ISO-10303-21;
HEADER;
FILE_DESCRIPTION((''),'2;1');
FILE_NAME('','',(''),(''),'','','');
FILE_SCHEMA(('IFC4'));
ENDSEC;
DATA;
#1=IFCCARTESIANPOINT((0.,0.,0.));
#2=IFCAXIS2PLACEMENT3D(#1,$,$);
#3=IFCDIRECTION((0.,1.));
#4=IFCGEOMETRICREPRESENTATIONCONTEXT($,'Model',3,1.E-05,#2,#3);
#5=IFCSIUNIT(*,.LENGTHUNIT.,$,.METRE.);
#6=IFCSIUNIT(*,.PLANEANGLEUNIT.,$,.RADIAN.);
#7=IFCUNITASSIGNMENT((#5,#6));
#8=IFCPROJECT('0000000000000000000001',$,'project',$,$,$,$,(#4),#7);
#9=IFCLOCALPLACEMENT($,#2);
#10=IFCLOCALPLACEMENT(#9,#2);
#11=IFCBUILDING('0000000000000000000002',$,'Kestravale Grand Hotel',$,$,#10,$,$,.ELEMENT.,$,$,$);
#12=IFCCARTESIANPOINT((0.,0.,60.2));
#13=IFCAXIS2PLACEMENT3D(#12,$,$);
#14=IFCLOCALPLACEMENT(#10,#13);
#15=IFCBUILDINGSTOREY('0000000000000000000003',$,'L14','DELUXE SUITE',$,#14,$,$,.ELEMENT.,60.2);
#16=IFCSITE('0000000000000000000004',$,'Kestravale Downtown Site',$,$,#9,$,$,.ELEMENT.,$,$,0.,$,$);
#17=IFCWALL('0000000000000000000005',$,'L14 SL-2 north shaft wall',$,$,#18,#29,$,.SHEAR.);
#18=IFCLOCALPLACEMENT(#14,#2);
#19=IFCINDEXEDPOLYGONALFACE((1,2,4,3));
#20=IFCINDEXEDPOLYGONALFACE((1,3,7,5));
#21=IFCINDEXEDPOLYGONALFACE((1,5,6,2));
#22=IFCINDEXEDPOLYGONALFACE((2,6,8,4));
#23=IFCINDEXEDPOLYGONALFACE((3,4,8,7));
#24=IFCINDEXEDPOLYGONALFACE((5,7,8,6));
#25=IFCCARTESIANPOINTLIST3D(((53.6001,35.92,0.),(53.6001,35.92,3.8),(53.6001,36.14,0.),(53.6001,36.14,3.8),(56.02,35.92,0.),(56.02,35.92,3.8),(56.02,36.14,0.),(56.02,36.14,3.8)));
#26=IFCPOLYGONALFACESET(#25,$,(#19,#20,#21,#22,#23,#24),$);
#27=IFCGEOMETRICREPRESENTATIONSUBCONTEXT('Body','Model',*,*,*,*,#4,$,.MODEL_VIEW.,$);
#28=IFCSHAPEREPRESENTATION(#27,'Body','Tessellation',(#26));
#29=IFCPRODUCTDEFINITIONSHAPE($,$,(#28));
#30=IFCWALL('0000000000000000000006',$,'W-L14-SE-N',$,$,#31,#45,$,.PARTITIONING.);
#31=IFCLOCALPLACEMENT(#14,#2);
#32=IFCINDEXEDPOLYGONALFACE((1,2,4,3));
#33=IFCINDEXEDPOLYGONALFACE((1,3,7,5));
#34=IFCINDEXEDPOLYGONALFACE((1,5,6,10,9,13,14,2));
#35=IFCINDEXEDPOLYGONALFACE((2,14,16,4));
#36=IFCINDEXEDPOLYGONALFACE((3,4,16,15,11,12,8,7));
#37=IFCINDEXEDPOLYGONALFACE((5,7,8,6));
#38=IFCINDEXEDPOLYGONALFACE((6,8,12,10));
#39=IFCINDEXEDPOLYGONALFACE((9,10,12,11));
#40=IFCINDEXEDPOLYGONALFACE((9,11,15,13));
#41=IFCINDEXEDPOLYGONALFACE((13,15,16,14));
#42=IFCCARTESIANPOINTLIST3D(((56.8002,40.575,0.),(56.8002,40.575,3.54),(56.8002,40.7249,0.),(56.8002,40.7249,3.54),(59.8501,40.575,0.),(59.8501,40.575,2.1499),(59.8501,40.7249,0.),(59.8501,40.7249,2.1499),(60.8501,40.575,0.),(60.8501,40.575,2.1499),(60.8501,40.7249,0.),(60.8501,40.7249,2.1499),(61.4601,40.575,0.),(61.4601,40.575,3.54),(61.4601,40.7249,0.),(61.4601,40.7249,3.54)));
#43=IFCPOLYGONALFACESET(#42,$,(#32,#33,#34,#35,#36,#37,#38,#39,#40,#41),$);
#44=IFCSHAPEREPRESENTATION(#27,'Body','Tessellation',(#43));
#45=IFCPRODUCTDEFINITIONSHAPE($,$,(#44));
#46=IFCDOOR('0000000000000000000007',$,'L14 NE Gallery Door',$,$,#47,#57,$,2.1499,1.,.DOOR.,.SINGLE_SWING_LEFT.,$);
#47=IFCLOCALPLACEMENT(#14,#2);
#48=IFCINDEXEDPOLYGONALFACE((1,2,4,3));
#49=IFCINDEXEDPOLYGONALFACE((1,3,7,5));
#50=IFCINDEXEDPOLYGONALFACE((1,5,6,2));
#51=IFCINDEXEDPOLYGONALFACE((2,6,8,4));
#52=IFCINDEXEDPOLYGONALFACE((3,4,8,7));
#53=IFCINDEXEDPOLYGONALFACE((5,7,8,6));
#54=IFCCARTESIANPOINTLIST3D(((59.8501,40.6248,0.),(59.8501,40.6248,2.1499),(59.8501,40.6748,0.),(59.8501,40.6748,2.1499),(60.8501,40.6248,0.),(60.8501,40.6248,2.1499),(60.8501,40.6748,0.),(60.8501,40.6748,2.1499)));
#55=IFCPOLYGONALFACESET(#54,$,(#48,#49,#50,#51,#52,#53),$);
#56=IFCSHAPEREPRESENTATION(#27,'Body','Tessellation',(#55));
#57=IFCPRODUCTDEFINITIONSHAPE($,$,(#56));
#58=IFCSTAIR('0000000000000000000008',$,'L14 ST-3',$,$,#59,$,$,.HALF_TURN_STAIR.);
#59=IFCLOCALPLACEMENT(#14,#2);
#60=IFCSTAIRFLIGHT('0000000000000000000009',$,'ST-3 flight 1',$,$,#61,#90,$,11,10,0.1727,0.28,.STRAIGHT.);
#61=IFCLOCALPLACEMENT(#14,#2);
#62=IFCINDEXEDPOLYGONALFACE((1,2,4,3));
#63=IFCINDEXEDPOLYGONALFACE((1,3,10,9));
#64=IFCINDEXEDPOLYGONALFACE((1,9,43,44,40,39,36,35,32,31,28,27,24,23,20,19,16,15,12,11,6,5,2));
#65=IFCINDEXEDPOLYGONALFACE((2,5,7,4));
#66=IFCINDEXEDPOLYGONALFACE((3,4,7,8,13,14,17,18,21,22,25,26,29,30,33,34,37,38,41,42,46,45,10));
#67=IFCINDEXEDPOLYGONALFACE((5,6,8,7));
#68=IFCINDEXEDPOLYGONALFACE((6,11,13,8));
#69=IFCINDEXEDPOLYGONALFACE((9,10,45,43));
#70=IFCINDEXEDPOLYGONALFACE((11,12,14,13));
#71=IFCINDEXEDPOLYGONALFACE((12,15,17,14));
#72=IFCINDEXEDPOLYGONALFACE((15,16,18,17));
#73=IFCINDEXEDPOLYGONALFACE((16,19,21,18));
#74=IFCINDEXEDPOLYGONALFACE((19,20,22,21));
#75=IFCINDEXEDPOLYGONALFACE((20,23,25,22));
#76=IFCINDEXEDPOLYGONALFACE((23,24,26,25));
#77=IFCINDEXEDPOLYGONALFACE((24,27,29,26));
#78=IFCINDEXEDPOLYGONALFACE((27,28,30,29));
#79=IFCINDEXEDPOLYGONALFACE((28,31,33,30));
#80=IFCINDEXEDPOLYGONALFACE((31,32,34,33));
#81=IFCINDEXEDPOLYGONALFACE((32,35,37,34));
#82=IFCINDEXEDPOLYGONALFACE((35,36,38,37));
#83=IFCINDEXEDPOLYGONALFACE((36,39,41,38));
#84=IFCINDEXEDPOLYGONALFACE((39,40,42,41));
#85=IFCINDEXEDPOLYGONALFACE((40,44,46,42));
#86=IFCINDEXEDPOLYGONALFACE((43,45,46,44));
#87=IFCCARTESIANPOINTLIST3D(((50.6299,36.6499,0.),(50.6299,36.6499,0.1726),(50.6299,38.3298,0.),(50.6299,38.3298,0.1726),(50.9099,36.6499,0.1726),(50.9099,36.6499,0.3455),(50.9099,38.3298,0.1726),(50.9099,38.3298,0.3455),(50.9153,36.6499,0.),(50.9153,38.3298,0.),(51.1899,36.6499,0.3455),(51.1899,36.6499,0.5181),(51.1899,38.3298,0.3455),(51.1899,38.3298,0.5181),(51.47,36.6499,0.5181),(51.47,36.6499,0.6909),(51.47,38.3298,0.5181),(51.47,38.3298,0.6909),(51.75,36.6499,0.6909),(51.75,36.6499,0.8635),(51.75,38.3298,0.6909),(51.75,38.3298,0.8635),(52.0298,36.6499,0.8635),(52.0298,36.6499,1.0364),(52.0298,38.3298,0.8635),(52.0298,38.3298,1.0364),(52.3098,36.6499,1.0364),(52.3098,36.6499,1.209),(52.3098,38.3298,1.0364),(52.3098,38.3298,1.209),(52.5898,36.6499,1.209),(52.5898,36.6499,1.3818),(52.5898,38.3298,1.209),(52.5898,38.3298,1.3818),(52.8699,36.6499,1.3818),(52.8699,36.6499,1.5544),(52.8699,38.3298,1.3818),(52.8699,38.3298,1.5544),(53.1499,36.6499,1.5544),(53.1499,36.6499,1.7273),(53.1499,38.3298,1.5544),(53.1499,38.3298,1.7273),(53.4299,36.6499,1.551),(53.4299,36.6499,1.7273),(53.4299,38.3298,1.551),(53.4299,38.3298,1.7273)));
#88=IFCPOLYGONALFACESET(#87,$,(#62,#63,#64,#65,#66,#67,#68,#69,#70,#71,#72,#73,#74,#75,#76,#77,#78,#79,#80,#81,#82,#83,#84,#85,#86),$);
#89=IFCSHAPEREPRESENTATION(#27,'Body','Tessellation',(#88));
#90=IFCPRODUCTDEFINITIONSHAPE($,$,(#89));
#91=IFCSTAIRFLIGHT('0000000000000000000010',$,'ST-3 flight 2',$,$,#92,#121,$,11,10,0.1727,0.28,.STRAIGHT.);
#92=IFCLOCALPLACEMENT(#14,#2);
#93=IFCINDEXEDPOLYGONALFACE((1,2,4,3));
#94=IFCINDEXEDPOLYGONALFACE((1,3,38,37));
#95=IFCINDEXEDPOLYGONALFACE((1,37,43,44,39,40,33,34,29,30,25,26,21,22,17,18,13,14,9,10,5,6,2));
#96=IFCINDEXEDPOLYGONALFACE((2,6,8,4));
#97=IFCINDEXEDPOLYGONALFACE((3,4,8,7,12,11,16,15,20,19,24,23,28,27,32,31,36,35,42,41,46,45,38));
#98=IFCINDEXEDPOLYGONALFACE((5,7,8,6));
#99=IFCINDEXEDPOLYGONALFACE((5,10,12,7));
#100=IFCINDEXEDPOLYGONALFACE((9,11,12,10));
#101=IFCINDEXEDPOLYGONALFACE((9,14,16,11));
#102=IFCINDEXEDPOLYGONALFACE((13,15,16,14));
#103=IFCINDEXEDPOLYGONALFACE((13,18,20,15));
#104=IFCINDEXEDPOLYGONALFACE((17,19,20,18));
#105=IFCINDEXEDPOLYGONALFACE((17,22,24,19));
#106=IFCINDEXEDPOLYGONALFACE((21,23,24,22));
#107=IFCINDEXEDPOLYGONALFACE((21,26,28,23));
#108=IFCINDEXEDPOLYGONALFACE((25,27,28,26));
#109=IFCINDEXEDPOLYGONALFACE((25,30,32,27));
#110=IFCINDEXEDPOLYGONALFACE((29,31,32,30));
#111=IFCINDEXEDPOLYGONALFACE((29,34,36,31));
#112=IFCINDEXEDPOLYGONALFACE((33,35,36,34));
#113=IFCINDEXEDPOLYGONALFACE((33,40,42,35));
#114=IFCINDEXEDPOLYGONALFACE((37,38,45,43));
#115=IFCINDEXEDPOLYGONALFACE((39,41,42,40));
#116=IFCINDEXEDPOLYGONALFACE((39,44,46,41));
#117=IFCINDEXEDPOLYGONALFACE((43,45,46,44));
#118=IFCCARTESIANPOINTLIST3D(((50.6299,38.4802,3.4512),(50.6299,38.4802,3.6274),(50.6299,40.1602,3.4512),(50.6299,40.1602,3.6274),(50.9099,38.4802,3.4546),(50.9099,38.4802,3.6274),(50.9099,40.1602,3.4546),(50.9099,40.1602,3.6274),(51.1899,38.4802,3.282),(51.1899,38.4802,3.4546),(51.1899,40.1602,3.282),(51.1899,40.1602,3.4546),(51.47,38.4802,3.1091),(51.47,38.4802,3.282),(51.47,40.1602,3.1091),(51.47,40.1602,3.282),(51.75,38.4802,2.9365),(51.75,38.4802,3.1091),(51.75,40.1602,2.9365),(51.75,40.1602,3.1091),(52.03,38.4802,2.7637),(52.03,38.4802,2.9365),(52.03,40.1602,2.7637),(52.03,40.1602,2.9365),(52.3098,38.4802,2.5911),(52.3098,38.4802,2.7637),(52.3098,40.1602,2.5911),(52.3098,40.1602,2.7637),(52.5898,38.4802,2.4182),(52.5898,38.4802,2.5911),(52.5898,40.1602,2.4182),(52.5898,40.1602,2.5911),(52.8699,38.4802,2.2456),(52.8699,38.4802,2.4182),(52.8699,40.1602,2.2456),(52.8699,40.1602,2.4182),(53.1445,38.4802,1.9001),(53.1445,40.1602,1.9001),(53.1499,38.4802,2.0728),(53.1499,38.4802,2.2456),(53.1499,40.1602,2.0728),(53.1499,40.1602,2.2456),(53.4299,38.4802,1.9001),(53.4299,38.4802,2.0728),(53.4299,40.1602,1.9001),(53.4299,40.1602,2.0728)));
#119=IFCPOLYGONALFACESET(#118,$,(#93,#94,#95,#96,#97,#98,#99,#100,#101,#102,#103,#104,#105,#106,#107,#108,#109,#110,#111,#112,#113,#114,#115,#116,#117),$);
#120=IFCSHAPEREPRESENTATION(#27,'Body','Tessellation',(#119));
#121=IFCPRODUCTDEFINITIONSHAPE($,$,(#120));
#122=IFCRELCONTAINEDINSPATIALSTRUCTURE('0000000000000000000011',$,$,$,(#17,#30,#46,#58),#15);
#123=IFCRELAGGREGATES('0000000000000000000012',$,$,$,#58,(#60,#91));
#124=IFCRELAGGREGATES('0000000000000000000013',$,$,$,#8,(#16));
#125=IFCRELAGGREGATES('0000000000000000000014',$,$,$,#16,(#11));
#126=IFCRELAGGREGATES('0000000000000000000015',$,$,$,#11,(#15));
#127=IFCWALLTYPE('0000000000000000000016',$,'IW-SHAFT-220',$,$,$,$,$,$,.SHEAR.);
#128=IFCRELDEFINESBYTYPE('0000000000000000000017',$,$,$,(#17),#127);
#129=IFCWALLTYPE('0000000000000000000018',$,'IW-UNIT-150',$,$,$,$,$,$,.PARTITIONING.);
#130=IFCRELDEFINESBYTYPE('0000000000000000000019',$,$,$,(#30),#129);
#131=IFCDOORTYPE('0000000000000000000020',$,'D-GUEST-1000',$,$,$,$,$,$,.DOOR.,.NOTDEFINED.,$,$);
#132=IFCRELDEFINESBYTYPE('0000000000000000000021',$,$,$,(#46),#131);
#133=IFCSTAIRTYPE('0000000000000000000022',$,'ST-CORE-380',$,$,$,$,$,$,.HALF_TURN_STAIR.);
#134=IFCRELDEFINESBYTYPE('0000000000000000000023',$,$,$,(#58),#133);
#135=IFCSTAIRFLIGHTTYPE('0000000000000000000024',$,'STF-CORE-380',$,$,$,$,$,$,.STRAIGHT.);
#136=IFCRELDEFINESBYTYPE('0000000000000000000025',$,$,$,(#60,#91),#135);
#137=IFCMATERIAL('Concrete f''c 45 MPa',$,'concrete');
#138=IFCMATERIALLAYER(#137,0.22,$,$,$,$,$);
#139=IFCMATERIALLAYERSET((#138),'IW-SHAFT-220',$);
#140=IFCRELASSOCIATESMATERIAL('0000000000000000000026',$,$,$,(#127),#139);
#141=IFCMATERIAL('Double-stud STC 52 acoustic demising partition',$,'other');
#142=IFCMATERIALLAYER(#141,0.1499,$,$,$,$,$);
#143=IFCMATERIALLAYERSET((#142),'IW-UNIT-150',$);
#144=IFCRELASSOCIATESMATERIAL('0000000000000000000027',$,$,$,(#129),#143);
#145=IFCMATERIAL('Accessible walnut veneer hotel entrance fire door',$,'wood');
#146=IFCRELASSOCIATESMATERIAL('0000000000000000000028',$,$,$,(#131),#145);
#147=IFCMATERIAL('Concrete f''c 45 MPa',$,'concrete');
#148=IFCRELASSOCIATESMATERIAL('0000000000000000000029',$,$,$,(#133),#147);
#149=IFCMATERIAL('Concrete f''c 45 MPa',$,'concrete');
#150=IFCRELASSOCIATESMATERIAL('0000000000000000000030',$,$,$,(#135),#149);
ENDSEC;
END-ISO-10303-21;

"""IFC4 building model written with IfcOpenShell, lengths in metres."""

from ifc_helpers import new_model, si_unit, direction, frame, frame_2d, origin, place, context, subcontext, project, spatial, polyline, rectangle, outline, extrude, material, layer, layer_set, type_object, element, fill, aggregate, save


model = new_model("IFC4")

# Units and contexts
model_context = context("Model", 3, precision=1e-05, world=origin(), true_north=direction((0.0, 1.0)))
body_context = subcontext(model_context, "Body", "Model", "MODEL_VIEW")
ifc_project = project(units=[si_unit("LENGTHUNIT", "METRE"), si_unit("PLANEANGLEUNIT", "RADIAN")], contexts=[model_context])

# Site, building, storey
site_placement = place(None, origin())
site = spatial("IfcSite", under=ifc_project, at=site_placement, Name="Kestravale Downtown Site", CompositionType="ELEMENT", RefElevation=0.0)
building_placement = place(site_placement, origin())
building = spatial("IfcBuilding", under=site, at=building_placement, Name="Kestravale Grand Hotel", CompositionType="ELEMENT")
storey_placement = place(building_placement, frame((0.0, 0.0, 60.2)))
storey = spatial("IfcBuildingStorey", under=building, at=storey_placement, Name="L14", Description="DELUXE SUITE", CompositionType="ELEMENT", Elevation=60.2)

# Shared definitions
ifc_material_1 = material(Name="Concrete f'c 45 MPa", Category="concrete")
ifc_layer_1 = layer(ifc_material_1, 0.22)
ifc_layer_set_1 = layer_set([ifc_layer_1], Name="IW-SHAFT-220")
wall_type_1 = type_object("IfcWallType", Name="IW-SHAFT-220", PredefinedType="SHEAR", material=ifc_layer_set_1)

# Wall
wall_1_placement = place(storey_placement, frame((53.6001, 36.03, 0.0), z_axis=(0.0, 0.0, 1.0), x_axis=(1.0, 0.0, 0.0)))
element("IfcWall", 1, at=wall_1_placement, inside=storey, type_object=wall_type_1, Name="L14 SL-2 north shaft wall", PredefinedType="SHEAR", context=body_context, shape_type="SweptSolid", body=[
    extrude(rectangle(XDim=2.4199, YDim=0.22, at=frame_2d((1.21, 0.0))), origin(), (0.0, 0.0, 1.0), 3.8),
])

# Wall, opening, door
ifc_material_2 = material(Name="Double-stud STC 52 acoustic demising partition", Category="other")
ifc_layer_2 = layer(ifc_material_2, 0.1499)
ifc_layer_set_2 = layer_set([ifc_layer_2], Name="IW-UNIT-150")
wall_type_2 = type_object("IfcWallType", Name="IW-UNIT-150", PredefinedType="PARTITIONING", material=ifc_layer_set_2)
wall_2_placement = place(storey_placement, frame((56.8, 40.6499, 0.0), z_axis=(0.0, 0.0, 1.0), x_axis=(1.0, 0.0, 0.0)))
wall_2 = element("IfcWall", 2, at=wall_2_placement, inside=storey, type_object=wall_type_2, Name="W-L14-SE-N", PredefinedType="PARTITIONING", context=body_context, shape_type="SweptSolid", body=[
    extrude(rectangle(XDim=4.6599, YDim=0.1499, at=frame_2d((2.3301, 0.0))), origin(), (0.0, 0.0, 1.0), 3.54),
])
opening_1_placement = place(wall_2_placement, frame((3.05, 0.0, 0.0)))
opening_1 = element("IfcOpeningElement", 3, at=opening_1_placement, cuts=wall_2, PredefinedType="OPENING", context=body_context, shape_type="SweptSolid", body=[
    extrude(rectangle(XDim=1.0, YDim=2.1499, at=frame_2d((0.5, 1.075))), frame((0.0, 0.085, 0.0), z_axis=(0.0, -1.0, 0.0), x_axis=(1.0, 0.0, 0.0)), (0.0, 0.0, 1.0), 0.1699),
])
ifc_material_3 = material(Name="Accessible walnut veneer hotel entrance fire door", Category="wood")
door_type_1 = type_object("IfcDoorType", Name="D-GUEST-1000", OperationType="NOTDEFINED", PredefinedType="DOOR", material=ifc_material_3)
door_1_placement = place(opening_1_placement, origin())
door_1 = element("IfcDoor", 4, at=door_1_placement, inside=storey, type_object=door_type_1, Name="L14 NE Gallery Door", OperationType="SINGLE_SWING_LEFT", OverallHeight=2.1499, OverallWidth=1.0, PredefinedType="DOOR", context=body_context, shape_type="SweptSolid", body=[
    extrude(rectangle(XDim=1.0, YDim=2.1499, at=frame_2d((0.5, 1.075))), frame((0.0, 0.0249, 0.0), z_axis=(0.0, -1.0, 0.0), x_axis=(1.0, 0.0, 0.0)), (0.0, 0.0, 1.0), 0.05),
])
fill(opening_1, door_1)

# Stair, stair flights
ifc_material_4 = material(Name="Concrete f'c 45 MPa", Category="concrete")
stair_type = type_object("IfcStairType", Name="ST-CORE-380", PredefinedType="HALF_TURN_STAIR", material=ifc_material_4)
stair_placement = place(storey_placement, origin())
stair = element("IfcStair", 5, at=stair_placement, inside=storey, type_object=stair_type, Name="L14 ST-3", PredefinedType="HALF_TURN_STAIR")
ifc_material_5 = material(Name="Concrete f'c 45 MPa", Category="concrete")
stair_flight_type = type_object("IfcStairFlightType", Name="STF-CORE-380", PredefinedType="STRAIGHT", material=ifc_material_5)
stair_flight_1_placement = place(storey_placement, frame((50.6299, 37.49, 0.0), z_axis=(0.0, 0.0, 1.0), x_axis=(1.0, 0.0, 0.0)))
stair_flight_1 = element("IfcStairFlight", 6, at=stair_flight_1_placement, type_object=stair_flight_type, Name="ST-3 flight 1", NumberOfRisers=11, NumberOfTreads=10, PredefinedType="STRAIGHT", RiserHeight=0.1727, TreadLength=0.28, context=body_context, shape_type="SweptSolid", body=[
    extrude(outline(polyline([(0.0, 0.0), (0.0, 0.1726), (0.28, 0.1726), (0.28, 0.3455), (0.5601, 0.3455), (0.5601, 0.5181), (0.8401, 0.5181), (0.8401, 0.6909), (1.1201, 0.6909), (1.1201, 0.8635), (1.3999, 0.8635), (1.3999, 1.0364), (1.6799, 1.0364), (1.6799, 1.209), (1.96, 1.209), (1.96, 1.3818), (2.24, 1.3818), (2.24, 1.5544), (2.52, 1.5544), (2.52, 1.7273), (2.8, 1.7273), (2.8, 1.8999), (2.8, 1.551), (0.2854, 0.0), (0.0, 0.0)])), frame((0.0, 0.8398, 0.0), z_axis=(0.0, -1.0, 0.0), x_axis=(1.0, 0.0, 0.0)), (0.0, 0.0, 1.0), 1.6799),
])
stair_flight_2_placement = place(storey_placement, frame((53.4299, 39.3201, 1.9001), z_axis=(0.0, 0.0, 1.0), x_axis=(-1.0, 0.0, 0.0)))
stair_flight_2 = element("IfcStairFlight", 7, at=stair_flight_2_placement, type_object=stair_flight_type, Name="ST-3 flight 2", NumberOfRisers=11, NumberOfTreads=10, PredefinedType="STRAIGHT", RiserHeight=0.1727, TreadLength=0.28, context=body_context, shape_type="SweptSolid", body=[
    extrude(outline(polyline([(0.0, 0.0), (0.0, 0.1726), (0.28, 0.1726), (0.28, 0.3455), (0.5601, 0.3455), (0.5601, 0.5181), (0.8401, 0.5181), (0.8401, 0.6909), (1.1201, 0.6909), (1.1201, 0.8635), (1.3999, 0.8635), (1.3999, 1.0364), (1.6799, 1.0364), (1.6799, 1.209), (1.96, 1.209), (1.96, 1.3818), (2.24, 1.3818), (2.24, 1.5544), (2.52, 1.5544), (2.52, 1.7273), (2.8, 1.7273), (2.8, 1.8999), (2.8, 1.551), (0.2854, 0.0), (0.0, 0.0)])), frame((0.0, 0.8398, 0.0), z_axis=(0.0, -1.0, 0.0), x_axis=(1.0, 0.0, 0.0)), (0.0, 0.0, 1.0), 1.6799),
])
aggregate(stair, [stair_flight_1, stair_flight_2])

save(model, "model.ifc")
